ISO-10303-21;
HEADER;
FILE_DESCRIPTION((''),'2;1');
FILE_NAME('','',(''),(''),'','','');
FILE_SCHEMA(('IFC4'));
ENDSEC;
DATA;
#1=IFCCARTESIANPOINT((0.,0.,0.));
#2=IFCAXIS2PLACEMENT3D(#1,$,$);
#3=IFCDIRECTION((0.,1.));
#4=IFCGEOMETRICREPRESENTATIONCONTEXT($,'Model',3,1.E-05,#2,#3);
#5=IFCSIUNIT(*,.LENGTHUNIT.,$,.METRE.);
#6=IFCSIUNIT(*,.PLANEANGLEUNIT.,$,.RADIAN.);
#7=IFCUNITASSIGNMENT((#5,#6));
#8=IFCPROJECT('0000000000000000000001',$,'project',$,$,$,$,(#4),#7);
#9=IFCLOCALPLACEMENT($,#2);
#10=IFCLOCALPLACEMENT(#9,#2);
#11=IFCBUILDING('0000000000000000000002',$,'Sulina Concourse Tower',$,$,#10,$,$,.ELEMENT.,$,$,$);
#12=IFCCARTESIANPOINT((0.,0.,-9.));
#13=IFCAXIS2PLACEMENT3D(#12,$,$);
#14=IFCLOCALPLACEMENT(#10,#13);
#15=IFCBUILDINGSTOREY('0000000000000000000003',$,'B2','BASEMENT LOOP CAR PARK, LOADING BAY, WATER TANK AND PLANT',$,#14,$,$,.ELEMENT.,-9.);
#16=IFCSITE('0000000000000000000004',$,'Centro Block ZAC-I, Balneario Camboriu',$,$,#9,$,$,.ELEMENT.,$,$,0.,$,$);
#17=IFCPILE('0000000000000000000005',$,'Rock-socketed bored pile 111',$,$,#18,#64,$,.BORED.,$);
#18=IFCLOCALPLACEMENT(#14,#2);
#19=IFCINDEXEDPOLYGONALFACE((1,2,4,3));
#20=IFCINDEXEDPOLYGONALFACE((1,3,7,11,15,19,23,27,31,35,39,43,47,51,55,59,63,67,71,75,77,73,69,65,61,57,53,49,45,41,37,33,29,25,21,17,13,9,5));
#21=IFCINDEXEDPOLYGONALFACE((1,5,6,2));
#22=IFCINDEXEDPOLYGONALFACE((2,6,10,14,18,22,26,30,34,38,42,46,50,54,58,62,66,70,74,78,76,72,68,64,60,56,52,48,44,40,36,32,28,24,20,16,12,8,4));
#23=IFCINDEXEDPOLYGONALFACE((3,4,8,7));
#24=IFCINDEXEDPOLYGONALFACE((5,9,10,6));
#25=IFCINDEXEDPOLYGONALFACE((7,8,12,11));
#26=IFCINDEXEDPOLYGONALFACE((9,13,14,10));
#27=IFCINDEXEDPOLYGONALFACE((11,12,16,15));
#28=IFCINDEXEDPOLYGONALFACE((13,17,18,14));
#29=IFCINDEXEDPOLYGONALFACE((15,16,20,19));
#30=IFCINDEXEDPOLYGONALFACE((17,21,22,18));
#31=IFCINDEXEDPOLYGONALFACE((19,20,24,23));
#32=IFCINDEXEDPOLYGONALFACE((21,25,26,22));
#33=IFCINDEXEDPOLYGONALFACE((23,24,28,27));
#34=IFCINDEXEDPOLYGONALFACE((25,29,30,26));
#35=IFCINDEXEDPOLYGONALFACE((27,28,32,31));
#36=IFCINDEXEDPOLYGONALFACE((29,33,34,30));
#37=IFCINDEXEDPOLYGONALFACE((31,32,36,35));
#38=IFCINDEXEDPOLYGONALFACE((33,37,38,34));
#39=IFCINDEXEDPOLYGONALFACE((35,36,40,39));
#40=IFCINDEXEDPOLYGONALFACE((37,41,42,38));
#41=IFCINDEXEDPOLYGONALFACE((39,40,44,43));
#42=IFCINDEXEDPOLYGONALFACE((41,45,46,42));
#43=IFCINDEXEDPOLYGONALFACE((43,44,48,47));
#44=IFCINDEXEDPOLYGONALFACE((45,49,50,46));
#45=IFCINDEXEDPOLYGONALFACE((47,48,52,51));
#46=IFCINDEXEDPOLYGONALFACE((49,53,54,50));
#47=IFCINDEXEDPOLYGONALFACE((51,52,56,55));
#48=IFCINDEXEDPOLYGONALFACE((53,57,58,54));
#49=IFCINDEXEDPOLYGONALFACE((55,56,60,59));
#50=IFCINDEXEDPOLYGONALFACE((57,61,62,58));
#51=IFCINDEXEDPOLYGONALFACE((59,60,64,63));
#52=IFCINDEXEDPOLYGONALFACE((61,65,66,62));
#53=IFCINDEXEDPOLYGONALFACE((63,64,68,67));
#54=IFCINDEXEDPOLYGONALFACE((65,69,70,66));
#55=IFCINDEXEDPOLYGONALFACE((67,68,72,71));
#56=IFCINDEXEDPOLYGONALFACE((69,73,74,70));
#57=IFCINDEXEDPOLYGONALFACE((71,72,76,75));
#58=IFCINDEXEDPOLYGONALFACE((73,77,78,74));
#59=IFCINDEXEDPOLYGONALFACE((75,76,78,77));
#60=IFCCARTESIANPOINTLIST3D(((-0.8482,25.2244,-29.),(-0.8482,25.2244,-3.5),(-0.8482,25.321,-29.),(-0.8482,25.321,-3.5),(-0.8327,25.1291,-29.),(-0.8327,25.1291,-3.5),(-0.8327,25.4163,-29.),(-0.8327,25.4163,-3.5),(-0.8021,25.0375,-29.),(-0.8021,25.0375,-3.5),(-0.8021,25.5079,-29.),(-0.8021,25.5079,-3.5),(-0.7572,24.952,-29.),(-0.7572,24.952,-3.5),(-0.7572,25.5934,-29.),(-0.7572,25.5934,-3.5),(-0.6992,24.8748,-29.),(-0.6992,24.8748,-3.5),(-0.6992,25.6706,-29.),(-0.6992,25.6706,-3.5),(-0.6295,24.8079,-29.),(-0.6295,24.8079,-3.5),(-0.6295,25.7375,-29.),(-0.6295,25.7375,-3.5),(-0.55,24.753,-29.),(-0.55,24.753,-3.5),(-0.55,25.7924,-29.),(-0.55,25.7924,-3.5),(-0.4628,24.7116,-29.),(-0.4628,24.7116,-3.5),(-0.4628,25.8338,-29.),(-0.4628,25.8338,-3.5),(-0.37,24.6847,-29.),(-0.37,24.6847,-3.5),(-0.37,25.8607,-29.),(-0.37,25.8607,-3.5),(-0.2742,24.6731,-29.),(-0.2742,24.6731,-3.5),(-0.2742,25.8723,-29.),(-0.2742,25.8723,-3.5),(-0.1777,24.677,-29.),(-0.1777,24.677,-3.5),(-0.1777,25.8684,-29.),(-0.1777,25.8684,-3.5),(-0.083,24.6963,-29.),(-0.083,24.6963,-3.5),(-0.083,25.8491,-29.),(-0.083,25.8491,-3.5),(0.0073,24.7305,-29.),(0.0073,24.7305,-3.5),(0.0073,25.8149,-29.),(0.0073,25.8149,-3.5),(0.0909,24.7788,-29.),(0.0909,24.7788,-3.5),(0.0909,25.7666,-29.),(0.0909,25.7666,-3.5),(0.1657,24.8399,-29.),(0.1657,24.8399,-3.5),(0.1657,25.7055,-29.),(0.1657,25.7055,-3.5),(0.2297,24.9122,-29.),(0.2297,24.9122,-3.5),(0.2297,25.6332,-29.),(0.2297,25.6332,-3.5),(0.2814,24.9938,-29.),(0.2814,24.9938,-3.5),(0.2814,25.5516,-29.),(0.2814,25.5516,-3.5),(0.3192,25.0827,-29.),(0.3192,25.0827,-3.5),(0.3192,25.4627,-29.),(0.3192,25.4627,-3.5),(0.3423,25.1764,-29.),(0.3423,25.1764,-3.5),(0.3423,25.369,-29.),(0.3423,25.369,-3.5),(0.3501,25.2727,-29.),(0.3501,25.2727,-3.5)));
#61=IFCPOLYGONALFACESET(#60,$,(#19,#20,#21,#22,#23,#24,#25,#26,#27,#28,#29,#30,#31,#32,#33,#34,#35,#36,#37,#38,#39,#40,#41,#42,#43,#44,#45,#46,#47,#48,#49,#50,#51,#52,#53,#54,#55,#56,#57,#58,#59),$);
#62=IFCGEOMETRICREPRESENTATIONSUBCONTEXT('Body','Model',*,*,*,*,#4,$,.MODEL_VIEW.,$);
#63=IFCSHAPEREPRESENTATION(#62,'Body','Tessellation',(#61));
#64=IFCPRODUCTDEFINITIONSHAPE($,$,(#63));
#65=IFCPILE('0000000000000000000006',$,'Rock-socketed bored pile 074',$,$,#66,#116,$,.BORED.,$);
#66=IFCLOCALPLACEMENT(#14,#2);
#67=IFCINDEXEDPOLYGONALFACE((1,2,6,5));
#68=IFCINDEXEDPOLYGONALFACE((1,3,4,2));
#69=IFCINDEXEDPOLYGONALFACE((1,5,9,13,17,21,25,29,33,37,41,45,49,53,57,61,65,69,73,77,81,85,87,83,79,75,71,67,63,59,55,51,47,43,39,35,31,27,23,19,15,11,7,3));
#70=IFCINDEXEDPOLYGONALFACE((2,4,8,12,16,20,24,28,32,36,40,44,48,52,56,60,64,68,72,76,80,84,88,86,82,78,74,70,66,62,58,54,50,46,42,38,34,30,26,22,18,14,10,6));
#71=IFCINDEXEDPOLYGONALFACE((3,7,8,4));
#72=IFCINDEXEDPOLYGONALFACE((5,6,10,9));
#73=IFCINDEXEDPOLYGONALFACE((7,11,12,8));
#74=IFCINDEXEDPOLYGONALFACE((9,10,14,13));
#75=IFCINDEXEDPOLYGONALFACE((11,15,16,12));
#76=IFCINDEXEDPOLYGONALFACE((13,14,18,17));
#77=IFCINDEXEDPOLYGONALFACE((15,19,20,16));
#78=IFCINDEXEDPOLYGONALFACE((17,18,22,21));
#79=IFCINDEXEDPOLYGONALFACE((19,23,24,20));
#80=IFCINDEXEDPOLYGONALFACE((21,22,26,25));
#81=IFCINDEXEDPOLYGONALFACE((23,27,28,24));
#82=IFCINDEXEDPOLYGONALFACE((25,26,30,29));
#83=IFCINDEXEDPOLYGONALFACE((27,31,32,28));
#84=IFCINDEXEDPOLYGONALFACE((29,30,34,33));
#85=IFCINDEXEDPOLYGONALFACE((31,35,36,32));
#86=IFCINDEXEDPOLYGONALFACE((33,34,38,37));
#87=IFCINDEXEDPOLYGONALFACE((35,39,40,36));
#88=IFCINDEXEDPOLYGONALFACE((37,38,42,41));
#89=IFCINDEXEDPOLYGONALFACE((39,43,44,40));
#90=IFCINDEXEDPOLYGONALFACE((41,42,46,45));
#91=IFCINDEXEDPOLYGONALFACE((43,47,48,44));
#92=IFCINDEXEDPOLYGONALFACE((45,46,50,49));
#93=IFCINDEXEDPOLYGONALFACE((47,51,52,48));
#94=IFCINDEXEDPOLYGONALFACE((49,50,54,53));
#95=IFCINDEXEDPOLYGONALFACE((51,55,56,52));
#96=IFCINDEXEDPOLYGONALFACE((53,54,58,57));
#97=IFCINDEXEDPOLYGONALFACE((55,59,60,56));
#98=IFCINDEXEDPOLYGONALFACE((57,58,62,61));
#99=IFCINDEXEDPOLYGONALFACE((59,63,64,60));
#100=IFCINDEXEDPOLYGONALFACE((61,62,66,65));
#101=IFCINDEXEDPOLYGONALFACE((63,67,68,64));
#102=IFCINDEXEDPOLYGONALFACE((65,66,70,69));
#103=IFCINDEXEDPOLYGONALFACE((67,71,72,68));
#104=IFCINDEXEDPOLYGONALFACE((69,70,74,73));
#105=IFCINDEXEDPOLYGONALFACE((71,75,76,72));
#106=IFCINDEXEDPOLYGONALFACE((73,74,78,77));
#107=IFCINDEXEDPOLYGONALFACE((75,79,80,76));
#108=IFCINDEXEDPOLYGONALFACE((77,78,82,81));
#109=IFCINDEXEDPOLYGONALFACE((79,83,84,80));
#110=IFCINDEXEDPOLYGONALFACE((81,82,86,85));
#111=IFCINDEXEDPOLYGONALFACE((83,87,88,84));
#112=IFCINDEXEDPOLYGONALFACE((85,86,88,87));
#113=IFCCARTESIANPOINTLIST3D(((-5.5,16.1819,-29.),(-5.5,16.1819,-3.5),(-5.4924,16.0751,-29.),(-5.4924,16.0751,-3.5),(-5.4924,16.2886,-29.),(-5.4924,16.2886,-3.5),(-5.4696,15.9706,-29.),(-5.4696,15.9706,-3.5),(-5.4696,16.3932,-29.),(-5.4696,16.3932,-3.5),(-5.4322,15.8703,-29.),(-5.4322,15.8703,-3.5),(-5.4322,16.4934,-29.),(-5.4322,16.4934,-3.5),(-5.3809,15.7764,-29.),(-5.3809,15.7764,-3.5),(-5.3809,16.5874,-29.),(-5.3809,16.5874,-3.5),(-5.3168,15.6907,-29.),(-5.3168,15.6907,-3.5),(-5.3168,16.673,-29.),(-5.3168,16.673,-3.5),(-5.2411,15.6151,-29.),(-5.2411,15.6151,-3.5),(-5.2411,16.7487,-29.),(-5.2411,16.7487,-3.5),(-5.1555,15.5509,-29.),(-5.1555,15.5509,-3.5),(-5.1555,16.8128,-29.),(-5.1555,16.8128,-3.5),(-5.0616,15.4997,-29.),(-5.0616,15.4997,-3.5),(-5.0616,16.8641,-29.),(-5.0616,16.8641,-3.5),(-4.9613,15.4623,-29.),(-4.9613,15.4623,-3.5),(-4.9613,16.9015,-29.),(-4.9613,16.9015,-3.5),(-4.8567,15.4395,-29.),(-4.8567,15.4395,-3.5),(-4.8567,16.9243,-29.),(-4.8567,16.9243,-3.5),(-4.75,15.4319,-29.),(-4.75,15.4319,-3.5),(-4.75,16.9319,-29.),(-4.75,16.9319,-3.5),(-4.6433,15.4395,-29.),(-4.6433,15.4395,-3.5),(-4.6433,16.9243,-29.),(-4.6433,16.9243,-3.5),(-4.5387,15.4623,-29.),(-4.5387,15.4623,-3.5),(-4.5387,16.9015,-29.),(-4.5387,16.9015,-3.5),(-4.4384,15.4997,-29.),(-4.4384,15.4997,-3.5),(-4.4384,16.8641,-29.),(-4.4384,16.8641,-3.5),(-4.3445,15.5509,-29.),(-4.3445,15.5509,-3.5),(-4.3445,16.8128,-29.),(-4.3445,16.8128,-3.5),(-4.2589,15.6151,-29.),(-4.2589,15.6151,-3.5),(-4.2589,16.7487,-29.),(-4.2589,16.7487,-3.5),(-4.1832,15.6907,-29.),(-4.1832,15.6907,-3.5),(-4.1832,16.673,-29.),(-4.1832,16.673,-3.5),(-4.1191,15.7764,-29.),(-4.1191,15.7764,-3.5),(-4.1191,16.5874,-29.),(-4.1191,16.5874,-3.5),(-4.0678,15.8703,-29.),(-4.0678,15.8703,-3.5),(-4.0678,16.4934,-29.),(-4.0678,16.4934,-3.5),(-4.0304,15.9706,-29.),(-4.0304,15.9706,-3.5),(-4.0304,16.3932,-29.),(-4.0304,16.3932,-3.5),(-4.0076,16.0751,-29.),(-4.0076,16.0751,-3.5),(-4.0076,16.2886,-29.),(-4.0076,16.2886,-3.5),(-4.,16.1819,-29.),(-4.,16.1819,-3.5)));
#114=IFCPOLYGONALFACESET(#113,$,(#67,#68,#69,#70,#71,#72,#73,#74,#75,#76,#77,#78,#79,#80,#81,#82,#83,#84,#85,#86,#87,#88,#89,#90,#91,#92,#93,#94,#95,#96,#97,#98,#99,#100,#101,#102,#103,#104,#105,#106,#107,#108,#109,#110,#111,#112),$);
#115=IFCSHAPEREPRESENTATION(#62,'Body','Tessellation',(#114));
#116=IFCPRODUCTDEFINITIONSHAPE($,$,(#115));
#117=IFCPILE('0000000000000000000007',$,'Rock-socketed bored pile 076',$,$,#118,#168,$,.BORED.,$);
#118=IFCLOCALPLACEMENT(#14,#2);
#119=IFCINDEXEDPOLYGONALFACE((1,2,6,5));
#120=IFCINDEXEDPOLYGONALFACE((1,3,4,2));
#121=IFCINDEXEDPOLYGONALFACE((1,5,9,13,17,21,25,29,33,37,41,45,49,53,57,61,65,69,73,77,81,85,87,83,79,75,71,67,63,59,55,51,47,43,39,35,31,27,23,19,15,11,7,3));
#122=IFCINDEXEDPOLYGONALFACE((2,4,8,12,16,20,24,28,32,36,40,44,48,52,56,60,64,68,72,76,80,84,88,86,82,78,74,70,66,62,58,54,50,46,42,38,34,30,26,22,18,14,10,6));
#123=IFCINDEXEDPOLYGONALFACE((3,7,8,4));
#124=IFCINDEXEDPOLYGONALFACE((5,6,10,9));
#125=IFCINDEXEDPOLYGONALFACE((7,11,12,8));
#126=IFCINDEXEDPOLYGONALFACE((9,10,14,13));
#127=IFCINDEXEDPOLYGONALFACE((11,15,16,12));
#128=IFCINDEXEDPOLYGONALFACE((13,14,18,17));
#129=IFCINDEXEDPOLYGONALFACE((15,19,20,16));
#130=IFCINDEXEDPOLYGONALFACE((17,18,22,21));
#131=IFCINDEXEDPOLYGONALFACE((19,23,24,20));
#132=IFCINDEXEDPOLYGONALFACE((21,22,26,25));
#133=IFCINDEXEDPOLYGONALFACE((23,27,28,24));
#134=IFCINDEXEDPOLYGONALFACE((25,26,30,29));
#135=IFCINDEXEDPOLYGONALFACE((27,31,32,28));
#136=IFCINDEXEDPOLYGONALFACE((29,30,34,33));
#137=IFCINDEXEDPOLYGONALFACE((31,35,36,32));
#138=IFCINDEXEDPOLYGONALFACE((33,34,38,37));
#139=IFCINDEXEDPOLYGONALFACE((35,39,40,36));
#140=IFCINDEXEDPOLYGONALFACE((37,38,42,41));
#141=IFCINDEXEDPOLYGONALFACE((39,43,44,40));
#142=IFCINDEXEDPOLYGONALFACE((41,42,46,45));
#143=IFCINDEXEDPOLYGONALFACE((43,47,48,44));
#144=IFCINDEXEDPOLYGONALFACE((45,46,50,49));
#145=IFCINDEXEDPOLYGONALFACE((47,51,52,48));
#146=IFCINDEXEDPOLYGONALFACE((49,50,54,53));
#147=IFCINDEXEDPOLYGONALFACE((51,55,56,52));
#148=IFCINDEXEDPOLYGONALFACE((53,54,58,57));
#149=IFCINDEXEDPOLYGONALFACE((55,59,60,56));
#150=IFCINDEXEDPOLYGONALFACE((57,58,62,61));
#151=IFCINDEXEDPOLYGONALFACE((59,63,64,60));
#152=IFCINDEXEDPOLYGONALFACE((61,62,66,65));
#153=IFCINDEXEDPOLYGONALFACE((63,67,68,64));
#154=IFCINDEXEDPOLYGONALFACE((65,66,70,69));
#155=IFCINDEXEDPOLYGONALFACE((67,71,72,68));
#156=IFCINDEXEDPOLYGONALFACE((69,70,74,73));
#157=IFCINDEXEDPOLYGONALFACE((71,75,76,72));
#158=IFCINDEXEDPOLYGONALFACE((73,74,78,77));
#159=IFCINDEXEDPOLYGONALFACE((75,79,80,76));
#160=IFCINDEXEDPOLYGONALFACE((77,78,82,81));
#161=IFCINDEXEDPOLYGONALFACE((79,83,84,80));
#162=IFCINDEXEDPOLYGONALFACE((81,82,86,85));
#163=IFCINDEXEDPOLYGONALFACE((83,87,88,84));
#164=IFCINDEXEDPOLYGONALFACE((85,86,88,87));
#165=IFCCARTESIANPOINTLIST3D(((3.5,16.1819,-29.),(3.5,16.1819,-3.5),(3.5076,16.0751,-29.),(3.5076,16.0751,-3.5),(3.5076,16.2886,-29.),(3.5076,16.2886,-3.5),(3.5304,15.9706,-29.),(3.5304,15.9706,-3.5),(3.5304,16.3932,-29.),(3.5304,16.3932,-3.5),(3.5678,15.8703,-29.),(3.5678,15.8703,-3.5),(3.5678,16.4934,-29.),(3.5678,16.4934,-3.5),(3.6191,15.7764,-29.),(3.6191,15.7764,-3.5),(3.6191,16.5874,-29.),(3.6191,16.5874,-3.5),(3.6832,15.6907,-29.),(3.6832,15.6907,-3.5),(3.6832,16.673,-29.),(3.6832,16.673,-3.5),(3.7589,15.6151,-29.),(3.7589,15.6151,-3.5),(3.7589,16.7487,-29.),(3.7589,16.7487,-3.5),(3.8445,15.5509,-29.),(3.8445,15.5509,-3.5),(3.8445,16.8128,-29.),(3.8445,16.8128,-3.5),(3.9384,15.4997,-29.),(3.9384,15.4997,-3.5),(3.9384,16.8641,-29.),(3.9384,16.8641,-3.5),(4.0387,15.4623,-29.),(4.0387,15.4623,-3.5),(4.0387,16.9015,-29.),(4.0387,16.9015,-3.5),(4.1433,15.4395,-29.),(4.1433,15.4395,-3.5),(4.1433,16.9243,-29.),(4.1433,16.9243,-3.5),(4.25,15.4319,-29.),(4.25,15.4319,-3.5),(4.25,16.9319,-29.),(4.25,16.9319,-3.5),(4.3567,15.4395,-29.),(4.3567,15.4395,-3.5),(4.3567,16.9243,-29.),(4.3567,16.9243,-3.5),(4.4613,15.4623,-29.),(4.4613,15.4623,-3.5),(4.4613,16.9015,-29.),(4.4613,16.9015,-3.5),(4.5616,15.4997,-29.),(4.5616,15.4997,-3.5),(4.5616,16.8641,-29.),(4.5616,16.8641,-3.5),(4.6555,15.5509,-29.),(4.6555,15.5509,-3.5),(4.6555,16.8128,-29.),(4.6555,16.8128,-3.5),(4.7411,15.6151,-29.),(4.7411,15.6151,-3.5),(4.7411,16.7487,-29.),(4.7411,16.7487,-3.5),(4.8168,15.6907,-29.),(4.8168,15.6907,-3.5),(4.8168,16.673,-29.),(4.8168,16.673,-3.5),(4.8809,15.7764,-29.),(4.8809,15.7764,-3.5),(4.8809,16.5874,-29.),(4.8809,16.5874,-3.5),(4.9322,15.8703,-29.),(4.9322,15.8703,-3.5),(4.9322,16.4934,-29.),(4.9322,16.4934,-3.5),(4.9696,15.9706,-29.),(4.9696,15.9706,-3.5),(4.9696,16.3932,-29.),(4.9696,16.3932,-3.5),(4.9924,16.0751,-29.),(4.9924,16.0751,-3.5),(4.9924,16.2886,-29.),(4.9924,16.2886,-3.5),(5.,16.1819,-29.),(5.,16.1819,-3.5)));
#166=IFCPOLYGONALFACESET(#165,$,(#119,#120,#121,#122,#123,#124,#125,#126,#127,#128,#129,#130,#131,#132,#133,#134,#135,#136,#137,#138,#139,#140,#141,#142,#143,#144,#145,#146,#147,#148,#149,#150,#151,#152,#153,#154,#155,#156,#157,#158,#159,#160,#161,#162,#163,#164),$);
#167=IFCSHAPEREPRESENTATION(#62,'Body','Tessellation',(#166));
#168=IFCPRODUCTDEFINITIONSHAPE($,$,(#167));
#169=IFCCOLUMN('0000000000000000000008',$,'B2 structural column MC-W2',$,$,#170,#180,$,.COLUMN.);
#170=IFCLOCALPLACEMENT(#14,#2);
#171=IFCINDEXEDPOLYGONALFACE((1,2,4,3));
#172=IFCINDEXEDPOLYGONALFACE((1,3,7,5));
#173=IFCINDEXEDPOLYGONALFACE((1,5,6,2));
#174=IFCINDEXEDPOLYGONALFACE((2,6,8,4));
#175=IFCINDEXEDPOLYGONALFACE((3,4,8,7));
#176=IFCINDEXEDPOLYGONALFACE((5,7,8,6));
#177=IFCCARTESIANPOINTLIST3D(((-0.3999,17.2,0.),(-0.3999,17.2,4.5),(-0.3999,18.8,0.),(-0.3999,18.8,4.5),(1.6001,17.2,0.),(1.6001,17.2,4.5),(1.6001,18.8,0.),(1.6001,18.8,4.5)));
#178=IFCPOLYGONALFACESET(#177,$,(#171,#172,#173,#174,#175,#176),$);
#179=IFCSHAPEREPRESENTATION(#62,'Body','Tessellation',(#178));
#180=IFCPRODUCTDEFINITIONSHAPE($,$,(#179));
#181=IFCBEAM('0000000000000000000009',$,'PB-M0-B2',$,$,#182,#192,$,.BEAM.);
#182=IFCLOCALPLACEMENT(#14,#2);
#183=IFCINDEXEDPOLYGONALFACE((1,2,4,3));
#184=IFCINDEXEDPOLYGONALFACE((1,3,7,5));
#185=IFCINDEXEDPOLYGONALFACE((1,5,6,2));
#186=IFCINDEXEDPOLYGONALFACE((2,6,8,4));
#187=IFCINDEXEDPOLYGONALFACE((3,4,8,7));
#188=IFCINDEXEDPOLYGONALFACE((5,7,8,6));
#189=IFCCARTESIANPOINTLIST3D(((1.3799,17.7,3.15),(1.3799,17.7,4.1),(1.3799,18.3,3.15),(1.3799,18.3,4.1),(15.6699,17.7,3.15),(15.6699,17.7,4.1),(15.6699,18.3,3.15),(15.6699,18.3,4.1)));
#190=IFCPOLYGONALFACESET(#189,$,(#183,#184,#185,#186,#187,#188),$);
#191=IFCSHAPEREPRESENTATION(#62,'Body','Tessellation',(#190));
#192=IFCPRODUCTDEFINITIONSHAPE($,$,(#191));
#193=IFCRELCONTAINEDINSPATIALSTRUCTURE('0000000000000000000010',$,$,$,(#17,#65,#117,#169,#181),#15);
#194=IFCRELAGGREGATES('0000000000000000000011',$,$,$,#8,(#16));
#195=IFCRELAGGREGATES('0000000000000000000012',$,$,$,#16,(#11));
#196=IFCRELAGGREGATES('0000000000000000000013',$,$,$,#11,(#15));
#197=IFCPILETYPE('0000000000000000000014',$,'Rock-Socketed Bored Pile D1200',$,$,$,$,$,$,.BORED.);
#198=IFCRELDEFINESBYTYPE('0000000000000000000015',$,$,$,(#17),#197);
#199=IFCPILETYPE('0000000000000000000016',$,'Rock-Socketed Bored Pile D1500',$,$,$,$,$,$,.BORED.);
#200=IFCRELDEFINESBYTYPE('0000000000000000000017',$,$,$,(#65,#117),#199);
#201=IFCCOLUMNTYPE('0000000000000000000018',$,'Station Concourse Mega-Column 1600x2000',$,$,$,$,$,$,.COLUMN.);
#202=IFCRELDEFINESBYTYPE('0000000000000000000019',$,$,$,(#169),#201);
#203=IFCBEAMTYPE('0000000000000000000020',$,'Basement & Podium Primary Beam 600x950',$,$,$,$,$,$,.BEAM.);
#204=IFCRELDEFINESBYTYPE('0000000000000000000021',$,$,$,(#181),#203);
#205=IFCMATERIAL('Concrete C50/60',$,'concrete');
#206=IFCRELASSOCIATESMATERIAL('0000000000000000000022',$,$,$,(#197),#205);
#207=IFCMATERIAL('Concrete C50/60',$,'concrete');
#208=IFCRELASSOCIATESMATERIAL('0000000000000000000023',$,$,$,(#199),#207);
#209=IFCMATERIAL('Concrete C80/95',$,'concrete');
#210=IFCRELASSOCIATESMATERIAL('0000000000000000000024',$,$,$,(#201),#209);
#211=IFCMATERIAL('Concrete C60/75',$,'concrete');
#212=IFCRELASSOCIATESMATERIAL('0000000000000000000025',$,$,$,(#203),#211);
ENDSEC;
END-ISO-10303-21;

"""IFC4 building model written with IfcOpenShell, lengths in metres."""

from ifc_helpers import new_model, si_unit, direction, frame, origin, origin_2d, place, context, subcontext, project, spatial, rectangle, circle, extrude, material, material_profile, profile_set, type_object, element, save


model = new_model("IFC4")

# Units and contexts
model_context = context("Model", 3, precision=1e-05, world=origin(), true_north=direction((0.0, 1.0)))
body_context = subcontext(model_context, "Body", "Model", "MODEL_VIEW")
ifc_project = project(units=[si_unit("LENGTHUNIT", "METRE"), si_unit("PLANEANGLEUNIT", "RADIAN")], contexts=[model_context])

# Site, building, storey
site_placement = place(None, origin())
site = spatial("IfcSite", under=ifc_project, at=site_placement, Name="Centro Block ZAC-I, Balneario Camboriu", CompositionType="ELEMENT", RefElevation=0.0)
building_placement = place(site_placement, origin())
building = spatial("IfcBuilding", under=site, at=building_placement, Name="Sulina Concourse Tower", CompositionType="ELEMENT")
storey_placement = place(building_placement, frame((0.0, 0.0, -9.0)))
storey = spatial("IfcBuildingStorey", under=building, at=storey_placement, Name="B2", Description="BASEMENT LOOP CAR PARK, LOADING BAY, WATER TANK AND PLANT", CompositionType="ELEMENT", Elevation=-9.0)

# Piles
ifc_material_1 = material(Name="Concrete C50/60", Category="concrete")
ifc_material_profile_1 = material_profile(ifc_material_1, circle(Radius=0.6001, at=origin_2d()), Name="PILE D1200")
ifc_profile_set_1 = profile_set([ifc_material_profile_1], Name="Concrete C50/60")
pile_type_1 = type_object("IfcPileType", Name="Rock-Socketed Bored Pile D1200", PredefinedType="BORED", material=ifc_profile_set_1)
for number, where, z_axis, x_axis, name in (
    (1, (-0.25, 25.2727, -3.5), (0.0, 0.0, -1.0), (1.0, 0.0, 0.0), "Rock-socketed bored pile 111"),
):
    element("IfcPile", number, at=place(storey_placement, frame(where, z_axis=z_axis, x_axis=x_axis)), inside=storey, type_object=pile_type_1, Name=name, PredefinedType="BORED", context=body_context, shape_type="SweptSolid", body=[
        extrude(circle(Radius=0.6001, at=origin_2d()), origin(), (0.0, 0.0, 1.0), 25.5),
    ])
ifc_material_2 = material(Name="Concrete C50/60", Category="concrete")
ifc_material_profile_2 = material_profile(ifc_material_2, circle(Radius=0.75, at=origin_2d()), Name="PILE D1500")
ifc_profile_set_2 = profile_set([ifc_material_profile_2], Name="Concrete C50/60")
pile_type_2 = type_object("IfcPileType", Name="Rock-Socketed Bored Pile D1500", PredefinedType="BORED", material=ifc_profile_set_2)
for number, where, z_axis, x_axis, name in (
    (2, (-4.75, 16.1819, -3.5), (0.0, 0.0, -1.0), (1.0, 0.0, 0.0), "Rock-socketed bored pile 074"),
    (3, (4.25, 16.1819, -3.5), (0.0, 0.0, -1.0), (1.0, 0.0, 0.0), "Rock-socketed bored pile 076"),
):
    element("IfcPile", number, at=place(storey_placement, frame(where, z_axis=z_axis, x_axis=x_axis)), inside=storey, type_object=pile_type_2, Name=name, PredefinedType="BORED", context=body_context, shape_type="SweptSolid", body=[
        extrude(circle(Radius=0.75, at=origin_2d()), origin(), (0.0, 0.0, 1.0), 25.5),
    ])

# Column
ifc_material_3 = material(Name="Concrete C80/95", Category="concrete")
ifc_material_profile_3 = material_profile(ifc_material_3, rectangle(XDim=1.6001, YDim=2.0, at=origin_2d()), Name="RC 1600x2000")
ifc_profile_set_3 = profile_set([ifc_material_profile_3], Name="Concrete C80/95")
column_type = type_object("IfcColumnType", Name="Station Concourse Mega-Column 1600x2000", PredefinedType="COLUMN", material=ifc_profile_set_3)
column_placement = place(storey_placement, frame((0.6001, 18.0, 0.0), z_axis=(0.0, 0.0, 1.0), x_axis=(0.0, 1.0, 0.0)))
element("IfcColumn", 4, at=column_placement, inside=storey, type_object=column_type, Name="B2 structural column MC-W2", PredefinedType="COLUMN", context=body_context, shape_type="SweptSolid", body=[
    extrude(rectangle(XDim=1.6001, YDim=2.0, at=origin_2d()), origin(), (0.0, 0.0, 1.0), 4.5),
])

# Beam
ifc_material_4 = material(Name="Concrete C60/75", Category="concrete")
ifc_material_profile_4 = material_profile(ifc_material_4, rectangle(XDim=0.6001, YDim=0.95, at=origin_2d()), Name="RC 600x950")
ifc_profile_set_4 = profile_set([ifc_material_profile_4], Name="Concrete C60/75")
beam_type = type_object("IfcBeamType", Name="Basement & Podium Primary Beam 600x950", PredefinedType="BEAM", material=ifc_profile_set_4)
beam_1_placement = place(storey_placement, frame((1.3799, 18.0, 3.625), z_axis=(1.0, 0.0, 0.0), x_axis=(0.0, 1.0, 0.0)))
element("IfcBeam", 5, at=beam_1_placement, inside=storey, type_object=beam_type, Name="PB-M0-B2", PredefinedType="BEAM", context=body_context, shape_type="SweptSolid", body=[
    extrude(rectangle(XDim=0.6001, YDim=0.95, at=origin_2d()), origin(), (0.0, 0.0, 1.0), 14.29),
])

save(model, "model.ifc")
